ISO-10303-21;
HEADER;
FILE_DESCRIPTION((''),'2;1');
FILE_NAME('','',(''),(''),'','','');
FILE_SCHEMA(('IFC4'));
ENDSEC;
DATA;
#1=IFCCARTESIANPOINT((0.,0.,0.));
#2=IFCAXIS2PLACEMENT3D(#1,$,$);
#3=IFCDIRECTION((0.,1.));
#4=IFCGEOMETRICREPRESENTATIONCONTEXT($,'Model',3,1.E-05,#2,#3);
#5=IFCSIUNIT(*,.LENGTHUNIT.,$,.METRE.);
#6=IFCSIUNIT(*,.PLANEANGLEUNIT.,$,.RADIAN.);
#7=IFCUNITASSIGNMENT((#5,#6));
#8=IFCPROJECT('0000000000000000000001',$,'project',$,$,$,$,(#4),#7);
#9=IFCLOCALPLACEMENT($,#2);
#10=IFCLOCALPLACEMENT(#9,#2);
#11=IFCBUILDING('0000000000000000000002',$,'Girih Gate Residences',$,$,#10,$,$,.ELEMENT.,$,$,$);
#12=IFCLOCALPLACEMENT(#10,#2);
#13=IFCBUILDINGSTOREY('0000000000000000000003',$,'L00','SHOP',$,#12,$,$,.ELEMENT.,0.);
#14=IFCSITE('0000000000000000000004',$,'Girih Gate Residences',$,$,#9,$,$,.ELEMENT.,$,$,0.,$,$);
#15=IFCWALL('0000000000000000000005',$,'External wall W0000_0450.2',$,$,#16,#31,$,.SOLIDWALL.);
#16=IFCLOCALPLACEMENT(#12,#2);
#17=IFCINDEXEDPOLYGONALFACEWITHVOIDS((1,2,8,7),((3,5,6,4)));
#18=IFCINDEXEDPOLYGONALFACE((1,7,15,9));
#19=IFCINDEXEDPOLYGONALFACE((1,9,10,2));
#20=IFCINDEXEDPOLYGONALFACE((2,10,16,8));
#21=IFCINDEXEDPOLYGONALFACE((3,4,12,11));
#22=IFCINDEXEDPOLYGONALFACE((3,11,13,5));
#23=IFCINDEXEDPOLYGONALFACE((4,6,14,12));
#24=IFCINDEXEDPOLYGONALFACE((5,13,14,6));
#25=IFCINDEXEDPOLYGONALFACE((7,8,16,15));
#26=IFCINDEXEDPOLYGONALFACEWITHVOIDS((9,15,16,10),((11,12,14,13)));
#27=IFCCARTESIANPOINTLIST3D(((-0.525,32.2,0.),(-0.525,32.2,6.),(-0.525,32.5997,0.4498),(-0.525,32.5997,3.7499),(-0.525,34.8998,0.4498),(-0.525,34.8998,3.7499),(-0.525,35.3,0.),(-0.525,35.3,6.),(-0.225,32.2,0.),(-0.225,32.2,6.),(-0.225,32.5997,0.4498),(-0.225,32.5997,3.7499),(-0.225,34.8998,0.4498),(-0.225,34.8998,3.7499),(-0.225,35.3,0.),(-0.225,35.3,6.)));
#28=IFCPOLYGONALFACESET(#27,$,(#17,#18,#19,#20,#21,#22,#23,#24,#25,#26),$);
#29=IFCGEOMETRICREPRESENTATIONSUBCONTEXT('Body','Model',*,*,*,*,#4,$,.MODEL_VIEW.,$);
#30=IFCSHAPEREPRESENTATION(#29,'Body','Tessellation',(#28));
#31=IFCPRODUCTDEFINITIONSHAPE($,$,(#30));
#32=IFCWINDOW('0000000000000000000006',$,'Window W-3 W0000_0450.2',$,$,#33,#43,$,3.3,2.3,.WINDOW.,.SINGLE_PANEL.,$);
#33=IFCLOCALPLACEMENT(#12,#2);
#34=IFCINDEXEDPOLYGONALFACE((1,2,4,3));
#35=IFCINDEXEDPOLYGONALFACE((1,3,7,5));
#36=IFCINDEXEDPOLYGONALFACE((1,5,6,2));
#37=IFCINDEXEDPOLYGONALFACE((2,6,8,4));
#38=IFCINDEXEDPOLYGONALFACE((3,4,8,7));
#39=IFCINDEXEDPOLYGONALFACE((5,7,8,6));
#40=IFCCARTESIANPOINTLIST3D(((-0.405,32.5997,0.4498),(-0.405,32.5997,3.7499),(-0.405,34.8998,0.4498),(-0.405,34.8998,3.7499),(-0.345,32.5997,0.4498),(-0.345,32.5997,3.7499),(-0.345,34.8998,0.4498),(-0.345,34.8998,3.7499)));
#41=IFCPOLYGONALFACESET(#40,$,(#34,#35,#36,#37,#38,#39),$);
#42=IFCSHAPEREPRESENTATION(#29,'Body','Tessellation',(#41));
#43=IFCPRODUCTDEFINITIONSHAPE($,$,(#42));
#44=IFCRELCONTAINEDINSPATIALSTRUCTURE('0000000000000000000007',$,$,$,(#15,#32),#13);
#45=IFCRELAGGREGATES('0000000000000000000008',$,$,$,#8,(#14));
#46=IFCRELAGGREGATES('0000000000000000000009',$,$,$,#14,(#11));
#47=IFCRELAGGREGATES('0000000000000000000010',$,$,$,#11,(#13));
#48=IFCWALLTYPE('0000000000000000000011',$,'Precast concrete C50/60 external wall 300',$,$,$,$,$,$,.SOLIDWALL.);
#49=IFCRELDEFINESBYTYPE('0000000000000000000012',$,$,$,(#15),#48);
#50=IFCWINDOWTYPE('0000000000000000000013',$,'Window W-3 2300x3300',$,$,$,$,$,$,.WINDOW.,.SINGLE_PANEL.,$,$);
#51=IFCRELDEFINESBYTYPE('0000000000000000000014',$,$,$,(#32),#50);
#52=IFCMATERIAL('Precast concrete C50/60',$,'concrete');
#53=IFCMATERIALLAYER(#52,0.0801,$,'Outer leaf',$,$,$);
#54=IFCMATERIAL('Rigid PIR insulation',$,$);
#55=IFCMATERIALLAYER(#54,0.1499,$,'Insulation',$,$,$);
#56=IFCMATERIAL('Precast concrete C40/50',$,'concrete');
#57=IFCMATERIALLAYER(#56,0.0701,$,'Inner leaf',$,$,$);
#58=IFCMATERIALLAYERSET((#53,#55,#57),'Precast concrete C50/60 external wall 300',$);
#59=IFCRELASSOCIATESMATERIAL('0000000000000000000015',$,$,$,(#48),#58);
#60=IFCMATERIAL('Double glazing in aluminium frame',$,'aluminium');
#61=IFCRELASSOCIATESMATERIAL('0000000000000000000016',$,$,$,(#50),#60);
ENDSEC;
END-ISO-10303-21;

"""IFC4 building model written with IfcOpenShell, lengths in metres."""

from ifc_helpers import new_model, si_unit, direction, frame, frame_2d, origin, place, context, subcontext, project, spatial, rectangle, extrude, material, layer, layer_set, type_object, element, fill, save


model = new_model("IFC4")

# Units and contexts
model_context = context("Model", 3, precision=1e-05, world=origin(), true_north=direction((0.0, 1.0)))
body_context = subcontext(model_context, "Body", "Model", "MODEL_VIEW")
ifc_project = project(units=[si_unit("LENGTHUNIT", "METRE"), si_unit("PLANEANGLEUNIT", "RADIAN")], contexts=[model_context])

# Site, building, storey
site_placement = place(None, origin())
site = spatial("IfcSite", under=ifc_project, at=site_placement, Name="Girih Gate Residences", CompositionType="ELEMENT", RefElevation=0.0)
building_placement = place(site_placement, origin())
building = spatial("IfcBuilding", under=site, at=building_placement, Name="Girih Gate Residences", CompositionType="ELEMENT")
storey_placement = place(building_placement, origin())
storey = spatial("IfcBuildingStorey", under=building, at=storey_placement, Name="L00", Description="SHOP", CompositionType="ELEMENT", Elevation=0.0)

# Wall, opening, window
ifc_material_1 = material(Name="Precast concrete C50/60", Category="concrete")
ifc_layer_1 = layer(ifc_material_1, 0.0801, Name="Outer leaf")
ifc_material_2 = material(Name="Rigid PIR insulation")
ifc_layer_2 = layer(ifc_material_2, 0.1499, Name="Insulation")
ifc_material_3 = material(Name="Precast concrete C40/50", Category="concrete")
ifc_layer_3 = layer(ifc_material_3, 0.0701, Name="Inner leaf")
ifc_layer_set_1 = layer_set([ifc_layer_1, ifc_layer_2, ifc_layer_3], Name="Precast concrete C50/60 external wall 300")
wall_type_1 = type_object("IfcWallType", Name="Precast concrete C50/60 external wall 300", PredefinedType="SOLIDWALL", material=ifc_layer_set_1)
wall_1_placement = place(storey_placement, frame((-0.375, 32.2, 0.0), z_axis=(0.0, 0.0, 1.0), x_axis=(0.0, 1.0, 0.0)))
wall_1 = element("IfcWall", 1, at=wall_1_placement, inside=storey, type_object=wall_type_1, Name="External wall W0000_0450.2", PredefinedType="SOLIDWALL", context=body_context, shape_type="SweptSolid", body=[
    extrude(rectangle(XDim=3.1001, YDim=0.3, at=frame_2d((1.55, 0.0))), origin(), (0.0, 0.0, 1.0), 6.0),
])
opening_1_placement = place(wall_1_placement, frame((0.3999, 0.0, 0.45)))
opening_1 = element("IfcOpeningElement", 2, at=opening_1_placement, cuts=wall_1, PredefinedType="OPENING", context=body_context, shape_type="SweptSolid", body=[
    extrude(rectangle(XDim=2.3, YDim=3.3, at=frame_2d((1.1499, 1.6499))), frame((0.0, 0.1599, 0.0), z_axis=(0.0, -1.0, 0.0), x_axis=(1.0, 0.0, 0.0)), (0.0, 0.0, 1.0), 0.3201),
])
ifc_material_4 = material(Name="Double glazing in aluminium frame", Category="aluminium")
window_type = type_object("IfcWindowType", Name="Window W-3 2300x3300", PartitioningType="SINGLE_PANEL", PredefinedType="WINDOW", material=ifc_material_4)
window_placement = place(opening_1_placement, origin())
window = element("IfcWindow", 3, at=window_placement, inside=storey, type_object=window_type, Name="Window W-3 W0000_0450.2", OverallHeight=3.3, OverallWidth=2.3, PartitioningType="SINGLE_PANEL", PredefinedType="WINDOW", context=body_context, shape_type="SweptSolid", body=[
    extrude(rectangle(XDim=2.3, YDim=3.3, at=frame_2d((1.1499, 1.6499))), frame((0.0, 0.03, 0.0), z_axis=(0.0, -1.0, 0.0), x_axis=(1.0, 0.0, 0.0)), (0.0, 0.0, 1.0), 0.0601),
])
fill(opening_1, window)

save(model, "model.ifc")
